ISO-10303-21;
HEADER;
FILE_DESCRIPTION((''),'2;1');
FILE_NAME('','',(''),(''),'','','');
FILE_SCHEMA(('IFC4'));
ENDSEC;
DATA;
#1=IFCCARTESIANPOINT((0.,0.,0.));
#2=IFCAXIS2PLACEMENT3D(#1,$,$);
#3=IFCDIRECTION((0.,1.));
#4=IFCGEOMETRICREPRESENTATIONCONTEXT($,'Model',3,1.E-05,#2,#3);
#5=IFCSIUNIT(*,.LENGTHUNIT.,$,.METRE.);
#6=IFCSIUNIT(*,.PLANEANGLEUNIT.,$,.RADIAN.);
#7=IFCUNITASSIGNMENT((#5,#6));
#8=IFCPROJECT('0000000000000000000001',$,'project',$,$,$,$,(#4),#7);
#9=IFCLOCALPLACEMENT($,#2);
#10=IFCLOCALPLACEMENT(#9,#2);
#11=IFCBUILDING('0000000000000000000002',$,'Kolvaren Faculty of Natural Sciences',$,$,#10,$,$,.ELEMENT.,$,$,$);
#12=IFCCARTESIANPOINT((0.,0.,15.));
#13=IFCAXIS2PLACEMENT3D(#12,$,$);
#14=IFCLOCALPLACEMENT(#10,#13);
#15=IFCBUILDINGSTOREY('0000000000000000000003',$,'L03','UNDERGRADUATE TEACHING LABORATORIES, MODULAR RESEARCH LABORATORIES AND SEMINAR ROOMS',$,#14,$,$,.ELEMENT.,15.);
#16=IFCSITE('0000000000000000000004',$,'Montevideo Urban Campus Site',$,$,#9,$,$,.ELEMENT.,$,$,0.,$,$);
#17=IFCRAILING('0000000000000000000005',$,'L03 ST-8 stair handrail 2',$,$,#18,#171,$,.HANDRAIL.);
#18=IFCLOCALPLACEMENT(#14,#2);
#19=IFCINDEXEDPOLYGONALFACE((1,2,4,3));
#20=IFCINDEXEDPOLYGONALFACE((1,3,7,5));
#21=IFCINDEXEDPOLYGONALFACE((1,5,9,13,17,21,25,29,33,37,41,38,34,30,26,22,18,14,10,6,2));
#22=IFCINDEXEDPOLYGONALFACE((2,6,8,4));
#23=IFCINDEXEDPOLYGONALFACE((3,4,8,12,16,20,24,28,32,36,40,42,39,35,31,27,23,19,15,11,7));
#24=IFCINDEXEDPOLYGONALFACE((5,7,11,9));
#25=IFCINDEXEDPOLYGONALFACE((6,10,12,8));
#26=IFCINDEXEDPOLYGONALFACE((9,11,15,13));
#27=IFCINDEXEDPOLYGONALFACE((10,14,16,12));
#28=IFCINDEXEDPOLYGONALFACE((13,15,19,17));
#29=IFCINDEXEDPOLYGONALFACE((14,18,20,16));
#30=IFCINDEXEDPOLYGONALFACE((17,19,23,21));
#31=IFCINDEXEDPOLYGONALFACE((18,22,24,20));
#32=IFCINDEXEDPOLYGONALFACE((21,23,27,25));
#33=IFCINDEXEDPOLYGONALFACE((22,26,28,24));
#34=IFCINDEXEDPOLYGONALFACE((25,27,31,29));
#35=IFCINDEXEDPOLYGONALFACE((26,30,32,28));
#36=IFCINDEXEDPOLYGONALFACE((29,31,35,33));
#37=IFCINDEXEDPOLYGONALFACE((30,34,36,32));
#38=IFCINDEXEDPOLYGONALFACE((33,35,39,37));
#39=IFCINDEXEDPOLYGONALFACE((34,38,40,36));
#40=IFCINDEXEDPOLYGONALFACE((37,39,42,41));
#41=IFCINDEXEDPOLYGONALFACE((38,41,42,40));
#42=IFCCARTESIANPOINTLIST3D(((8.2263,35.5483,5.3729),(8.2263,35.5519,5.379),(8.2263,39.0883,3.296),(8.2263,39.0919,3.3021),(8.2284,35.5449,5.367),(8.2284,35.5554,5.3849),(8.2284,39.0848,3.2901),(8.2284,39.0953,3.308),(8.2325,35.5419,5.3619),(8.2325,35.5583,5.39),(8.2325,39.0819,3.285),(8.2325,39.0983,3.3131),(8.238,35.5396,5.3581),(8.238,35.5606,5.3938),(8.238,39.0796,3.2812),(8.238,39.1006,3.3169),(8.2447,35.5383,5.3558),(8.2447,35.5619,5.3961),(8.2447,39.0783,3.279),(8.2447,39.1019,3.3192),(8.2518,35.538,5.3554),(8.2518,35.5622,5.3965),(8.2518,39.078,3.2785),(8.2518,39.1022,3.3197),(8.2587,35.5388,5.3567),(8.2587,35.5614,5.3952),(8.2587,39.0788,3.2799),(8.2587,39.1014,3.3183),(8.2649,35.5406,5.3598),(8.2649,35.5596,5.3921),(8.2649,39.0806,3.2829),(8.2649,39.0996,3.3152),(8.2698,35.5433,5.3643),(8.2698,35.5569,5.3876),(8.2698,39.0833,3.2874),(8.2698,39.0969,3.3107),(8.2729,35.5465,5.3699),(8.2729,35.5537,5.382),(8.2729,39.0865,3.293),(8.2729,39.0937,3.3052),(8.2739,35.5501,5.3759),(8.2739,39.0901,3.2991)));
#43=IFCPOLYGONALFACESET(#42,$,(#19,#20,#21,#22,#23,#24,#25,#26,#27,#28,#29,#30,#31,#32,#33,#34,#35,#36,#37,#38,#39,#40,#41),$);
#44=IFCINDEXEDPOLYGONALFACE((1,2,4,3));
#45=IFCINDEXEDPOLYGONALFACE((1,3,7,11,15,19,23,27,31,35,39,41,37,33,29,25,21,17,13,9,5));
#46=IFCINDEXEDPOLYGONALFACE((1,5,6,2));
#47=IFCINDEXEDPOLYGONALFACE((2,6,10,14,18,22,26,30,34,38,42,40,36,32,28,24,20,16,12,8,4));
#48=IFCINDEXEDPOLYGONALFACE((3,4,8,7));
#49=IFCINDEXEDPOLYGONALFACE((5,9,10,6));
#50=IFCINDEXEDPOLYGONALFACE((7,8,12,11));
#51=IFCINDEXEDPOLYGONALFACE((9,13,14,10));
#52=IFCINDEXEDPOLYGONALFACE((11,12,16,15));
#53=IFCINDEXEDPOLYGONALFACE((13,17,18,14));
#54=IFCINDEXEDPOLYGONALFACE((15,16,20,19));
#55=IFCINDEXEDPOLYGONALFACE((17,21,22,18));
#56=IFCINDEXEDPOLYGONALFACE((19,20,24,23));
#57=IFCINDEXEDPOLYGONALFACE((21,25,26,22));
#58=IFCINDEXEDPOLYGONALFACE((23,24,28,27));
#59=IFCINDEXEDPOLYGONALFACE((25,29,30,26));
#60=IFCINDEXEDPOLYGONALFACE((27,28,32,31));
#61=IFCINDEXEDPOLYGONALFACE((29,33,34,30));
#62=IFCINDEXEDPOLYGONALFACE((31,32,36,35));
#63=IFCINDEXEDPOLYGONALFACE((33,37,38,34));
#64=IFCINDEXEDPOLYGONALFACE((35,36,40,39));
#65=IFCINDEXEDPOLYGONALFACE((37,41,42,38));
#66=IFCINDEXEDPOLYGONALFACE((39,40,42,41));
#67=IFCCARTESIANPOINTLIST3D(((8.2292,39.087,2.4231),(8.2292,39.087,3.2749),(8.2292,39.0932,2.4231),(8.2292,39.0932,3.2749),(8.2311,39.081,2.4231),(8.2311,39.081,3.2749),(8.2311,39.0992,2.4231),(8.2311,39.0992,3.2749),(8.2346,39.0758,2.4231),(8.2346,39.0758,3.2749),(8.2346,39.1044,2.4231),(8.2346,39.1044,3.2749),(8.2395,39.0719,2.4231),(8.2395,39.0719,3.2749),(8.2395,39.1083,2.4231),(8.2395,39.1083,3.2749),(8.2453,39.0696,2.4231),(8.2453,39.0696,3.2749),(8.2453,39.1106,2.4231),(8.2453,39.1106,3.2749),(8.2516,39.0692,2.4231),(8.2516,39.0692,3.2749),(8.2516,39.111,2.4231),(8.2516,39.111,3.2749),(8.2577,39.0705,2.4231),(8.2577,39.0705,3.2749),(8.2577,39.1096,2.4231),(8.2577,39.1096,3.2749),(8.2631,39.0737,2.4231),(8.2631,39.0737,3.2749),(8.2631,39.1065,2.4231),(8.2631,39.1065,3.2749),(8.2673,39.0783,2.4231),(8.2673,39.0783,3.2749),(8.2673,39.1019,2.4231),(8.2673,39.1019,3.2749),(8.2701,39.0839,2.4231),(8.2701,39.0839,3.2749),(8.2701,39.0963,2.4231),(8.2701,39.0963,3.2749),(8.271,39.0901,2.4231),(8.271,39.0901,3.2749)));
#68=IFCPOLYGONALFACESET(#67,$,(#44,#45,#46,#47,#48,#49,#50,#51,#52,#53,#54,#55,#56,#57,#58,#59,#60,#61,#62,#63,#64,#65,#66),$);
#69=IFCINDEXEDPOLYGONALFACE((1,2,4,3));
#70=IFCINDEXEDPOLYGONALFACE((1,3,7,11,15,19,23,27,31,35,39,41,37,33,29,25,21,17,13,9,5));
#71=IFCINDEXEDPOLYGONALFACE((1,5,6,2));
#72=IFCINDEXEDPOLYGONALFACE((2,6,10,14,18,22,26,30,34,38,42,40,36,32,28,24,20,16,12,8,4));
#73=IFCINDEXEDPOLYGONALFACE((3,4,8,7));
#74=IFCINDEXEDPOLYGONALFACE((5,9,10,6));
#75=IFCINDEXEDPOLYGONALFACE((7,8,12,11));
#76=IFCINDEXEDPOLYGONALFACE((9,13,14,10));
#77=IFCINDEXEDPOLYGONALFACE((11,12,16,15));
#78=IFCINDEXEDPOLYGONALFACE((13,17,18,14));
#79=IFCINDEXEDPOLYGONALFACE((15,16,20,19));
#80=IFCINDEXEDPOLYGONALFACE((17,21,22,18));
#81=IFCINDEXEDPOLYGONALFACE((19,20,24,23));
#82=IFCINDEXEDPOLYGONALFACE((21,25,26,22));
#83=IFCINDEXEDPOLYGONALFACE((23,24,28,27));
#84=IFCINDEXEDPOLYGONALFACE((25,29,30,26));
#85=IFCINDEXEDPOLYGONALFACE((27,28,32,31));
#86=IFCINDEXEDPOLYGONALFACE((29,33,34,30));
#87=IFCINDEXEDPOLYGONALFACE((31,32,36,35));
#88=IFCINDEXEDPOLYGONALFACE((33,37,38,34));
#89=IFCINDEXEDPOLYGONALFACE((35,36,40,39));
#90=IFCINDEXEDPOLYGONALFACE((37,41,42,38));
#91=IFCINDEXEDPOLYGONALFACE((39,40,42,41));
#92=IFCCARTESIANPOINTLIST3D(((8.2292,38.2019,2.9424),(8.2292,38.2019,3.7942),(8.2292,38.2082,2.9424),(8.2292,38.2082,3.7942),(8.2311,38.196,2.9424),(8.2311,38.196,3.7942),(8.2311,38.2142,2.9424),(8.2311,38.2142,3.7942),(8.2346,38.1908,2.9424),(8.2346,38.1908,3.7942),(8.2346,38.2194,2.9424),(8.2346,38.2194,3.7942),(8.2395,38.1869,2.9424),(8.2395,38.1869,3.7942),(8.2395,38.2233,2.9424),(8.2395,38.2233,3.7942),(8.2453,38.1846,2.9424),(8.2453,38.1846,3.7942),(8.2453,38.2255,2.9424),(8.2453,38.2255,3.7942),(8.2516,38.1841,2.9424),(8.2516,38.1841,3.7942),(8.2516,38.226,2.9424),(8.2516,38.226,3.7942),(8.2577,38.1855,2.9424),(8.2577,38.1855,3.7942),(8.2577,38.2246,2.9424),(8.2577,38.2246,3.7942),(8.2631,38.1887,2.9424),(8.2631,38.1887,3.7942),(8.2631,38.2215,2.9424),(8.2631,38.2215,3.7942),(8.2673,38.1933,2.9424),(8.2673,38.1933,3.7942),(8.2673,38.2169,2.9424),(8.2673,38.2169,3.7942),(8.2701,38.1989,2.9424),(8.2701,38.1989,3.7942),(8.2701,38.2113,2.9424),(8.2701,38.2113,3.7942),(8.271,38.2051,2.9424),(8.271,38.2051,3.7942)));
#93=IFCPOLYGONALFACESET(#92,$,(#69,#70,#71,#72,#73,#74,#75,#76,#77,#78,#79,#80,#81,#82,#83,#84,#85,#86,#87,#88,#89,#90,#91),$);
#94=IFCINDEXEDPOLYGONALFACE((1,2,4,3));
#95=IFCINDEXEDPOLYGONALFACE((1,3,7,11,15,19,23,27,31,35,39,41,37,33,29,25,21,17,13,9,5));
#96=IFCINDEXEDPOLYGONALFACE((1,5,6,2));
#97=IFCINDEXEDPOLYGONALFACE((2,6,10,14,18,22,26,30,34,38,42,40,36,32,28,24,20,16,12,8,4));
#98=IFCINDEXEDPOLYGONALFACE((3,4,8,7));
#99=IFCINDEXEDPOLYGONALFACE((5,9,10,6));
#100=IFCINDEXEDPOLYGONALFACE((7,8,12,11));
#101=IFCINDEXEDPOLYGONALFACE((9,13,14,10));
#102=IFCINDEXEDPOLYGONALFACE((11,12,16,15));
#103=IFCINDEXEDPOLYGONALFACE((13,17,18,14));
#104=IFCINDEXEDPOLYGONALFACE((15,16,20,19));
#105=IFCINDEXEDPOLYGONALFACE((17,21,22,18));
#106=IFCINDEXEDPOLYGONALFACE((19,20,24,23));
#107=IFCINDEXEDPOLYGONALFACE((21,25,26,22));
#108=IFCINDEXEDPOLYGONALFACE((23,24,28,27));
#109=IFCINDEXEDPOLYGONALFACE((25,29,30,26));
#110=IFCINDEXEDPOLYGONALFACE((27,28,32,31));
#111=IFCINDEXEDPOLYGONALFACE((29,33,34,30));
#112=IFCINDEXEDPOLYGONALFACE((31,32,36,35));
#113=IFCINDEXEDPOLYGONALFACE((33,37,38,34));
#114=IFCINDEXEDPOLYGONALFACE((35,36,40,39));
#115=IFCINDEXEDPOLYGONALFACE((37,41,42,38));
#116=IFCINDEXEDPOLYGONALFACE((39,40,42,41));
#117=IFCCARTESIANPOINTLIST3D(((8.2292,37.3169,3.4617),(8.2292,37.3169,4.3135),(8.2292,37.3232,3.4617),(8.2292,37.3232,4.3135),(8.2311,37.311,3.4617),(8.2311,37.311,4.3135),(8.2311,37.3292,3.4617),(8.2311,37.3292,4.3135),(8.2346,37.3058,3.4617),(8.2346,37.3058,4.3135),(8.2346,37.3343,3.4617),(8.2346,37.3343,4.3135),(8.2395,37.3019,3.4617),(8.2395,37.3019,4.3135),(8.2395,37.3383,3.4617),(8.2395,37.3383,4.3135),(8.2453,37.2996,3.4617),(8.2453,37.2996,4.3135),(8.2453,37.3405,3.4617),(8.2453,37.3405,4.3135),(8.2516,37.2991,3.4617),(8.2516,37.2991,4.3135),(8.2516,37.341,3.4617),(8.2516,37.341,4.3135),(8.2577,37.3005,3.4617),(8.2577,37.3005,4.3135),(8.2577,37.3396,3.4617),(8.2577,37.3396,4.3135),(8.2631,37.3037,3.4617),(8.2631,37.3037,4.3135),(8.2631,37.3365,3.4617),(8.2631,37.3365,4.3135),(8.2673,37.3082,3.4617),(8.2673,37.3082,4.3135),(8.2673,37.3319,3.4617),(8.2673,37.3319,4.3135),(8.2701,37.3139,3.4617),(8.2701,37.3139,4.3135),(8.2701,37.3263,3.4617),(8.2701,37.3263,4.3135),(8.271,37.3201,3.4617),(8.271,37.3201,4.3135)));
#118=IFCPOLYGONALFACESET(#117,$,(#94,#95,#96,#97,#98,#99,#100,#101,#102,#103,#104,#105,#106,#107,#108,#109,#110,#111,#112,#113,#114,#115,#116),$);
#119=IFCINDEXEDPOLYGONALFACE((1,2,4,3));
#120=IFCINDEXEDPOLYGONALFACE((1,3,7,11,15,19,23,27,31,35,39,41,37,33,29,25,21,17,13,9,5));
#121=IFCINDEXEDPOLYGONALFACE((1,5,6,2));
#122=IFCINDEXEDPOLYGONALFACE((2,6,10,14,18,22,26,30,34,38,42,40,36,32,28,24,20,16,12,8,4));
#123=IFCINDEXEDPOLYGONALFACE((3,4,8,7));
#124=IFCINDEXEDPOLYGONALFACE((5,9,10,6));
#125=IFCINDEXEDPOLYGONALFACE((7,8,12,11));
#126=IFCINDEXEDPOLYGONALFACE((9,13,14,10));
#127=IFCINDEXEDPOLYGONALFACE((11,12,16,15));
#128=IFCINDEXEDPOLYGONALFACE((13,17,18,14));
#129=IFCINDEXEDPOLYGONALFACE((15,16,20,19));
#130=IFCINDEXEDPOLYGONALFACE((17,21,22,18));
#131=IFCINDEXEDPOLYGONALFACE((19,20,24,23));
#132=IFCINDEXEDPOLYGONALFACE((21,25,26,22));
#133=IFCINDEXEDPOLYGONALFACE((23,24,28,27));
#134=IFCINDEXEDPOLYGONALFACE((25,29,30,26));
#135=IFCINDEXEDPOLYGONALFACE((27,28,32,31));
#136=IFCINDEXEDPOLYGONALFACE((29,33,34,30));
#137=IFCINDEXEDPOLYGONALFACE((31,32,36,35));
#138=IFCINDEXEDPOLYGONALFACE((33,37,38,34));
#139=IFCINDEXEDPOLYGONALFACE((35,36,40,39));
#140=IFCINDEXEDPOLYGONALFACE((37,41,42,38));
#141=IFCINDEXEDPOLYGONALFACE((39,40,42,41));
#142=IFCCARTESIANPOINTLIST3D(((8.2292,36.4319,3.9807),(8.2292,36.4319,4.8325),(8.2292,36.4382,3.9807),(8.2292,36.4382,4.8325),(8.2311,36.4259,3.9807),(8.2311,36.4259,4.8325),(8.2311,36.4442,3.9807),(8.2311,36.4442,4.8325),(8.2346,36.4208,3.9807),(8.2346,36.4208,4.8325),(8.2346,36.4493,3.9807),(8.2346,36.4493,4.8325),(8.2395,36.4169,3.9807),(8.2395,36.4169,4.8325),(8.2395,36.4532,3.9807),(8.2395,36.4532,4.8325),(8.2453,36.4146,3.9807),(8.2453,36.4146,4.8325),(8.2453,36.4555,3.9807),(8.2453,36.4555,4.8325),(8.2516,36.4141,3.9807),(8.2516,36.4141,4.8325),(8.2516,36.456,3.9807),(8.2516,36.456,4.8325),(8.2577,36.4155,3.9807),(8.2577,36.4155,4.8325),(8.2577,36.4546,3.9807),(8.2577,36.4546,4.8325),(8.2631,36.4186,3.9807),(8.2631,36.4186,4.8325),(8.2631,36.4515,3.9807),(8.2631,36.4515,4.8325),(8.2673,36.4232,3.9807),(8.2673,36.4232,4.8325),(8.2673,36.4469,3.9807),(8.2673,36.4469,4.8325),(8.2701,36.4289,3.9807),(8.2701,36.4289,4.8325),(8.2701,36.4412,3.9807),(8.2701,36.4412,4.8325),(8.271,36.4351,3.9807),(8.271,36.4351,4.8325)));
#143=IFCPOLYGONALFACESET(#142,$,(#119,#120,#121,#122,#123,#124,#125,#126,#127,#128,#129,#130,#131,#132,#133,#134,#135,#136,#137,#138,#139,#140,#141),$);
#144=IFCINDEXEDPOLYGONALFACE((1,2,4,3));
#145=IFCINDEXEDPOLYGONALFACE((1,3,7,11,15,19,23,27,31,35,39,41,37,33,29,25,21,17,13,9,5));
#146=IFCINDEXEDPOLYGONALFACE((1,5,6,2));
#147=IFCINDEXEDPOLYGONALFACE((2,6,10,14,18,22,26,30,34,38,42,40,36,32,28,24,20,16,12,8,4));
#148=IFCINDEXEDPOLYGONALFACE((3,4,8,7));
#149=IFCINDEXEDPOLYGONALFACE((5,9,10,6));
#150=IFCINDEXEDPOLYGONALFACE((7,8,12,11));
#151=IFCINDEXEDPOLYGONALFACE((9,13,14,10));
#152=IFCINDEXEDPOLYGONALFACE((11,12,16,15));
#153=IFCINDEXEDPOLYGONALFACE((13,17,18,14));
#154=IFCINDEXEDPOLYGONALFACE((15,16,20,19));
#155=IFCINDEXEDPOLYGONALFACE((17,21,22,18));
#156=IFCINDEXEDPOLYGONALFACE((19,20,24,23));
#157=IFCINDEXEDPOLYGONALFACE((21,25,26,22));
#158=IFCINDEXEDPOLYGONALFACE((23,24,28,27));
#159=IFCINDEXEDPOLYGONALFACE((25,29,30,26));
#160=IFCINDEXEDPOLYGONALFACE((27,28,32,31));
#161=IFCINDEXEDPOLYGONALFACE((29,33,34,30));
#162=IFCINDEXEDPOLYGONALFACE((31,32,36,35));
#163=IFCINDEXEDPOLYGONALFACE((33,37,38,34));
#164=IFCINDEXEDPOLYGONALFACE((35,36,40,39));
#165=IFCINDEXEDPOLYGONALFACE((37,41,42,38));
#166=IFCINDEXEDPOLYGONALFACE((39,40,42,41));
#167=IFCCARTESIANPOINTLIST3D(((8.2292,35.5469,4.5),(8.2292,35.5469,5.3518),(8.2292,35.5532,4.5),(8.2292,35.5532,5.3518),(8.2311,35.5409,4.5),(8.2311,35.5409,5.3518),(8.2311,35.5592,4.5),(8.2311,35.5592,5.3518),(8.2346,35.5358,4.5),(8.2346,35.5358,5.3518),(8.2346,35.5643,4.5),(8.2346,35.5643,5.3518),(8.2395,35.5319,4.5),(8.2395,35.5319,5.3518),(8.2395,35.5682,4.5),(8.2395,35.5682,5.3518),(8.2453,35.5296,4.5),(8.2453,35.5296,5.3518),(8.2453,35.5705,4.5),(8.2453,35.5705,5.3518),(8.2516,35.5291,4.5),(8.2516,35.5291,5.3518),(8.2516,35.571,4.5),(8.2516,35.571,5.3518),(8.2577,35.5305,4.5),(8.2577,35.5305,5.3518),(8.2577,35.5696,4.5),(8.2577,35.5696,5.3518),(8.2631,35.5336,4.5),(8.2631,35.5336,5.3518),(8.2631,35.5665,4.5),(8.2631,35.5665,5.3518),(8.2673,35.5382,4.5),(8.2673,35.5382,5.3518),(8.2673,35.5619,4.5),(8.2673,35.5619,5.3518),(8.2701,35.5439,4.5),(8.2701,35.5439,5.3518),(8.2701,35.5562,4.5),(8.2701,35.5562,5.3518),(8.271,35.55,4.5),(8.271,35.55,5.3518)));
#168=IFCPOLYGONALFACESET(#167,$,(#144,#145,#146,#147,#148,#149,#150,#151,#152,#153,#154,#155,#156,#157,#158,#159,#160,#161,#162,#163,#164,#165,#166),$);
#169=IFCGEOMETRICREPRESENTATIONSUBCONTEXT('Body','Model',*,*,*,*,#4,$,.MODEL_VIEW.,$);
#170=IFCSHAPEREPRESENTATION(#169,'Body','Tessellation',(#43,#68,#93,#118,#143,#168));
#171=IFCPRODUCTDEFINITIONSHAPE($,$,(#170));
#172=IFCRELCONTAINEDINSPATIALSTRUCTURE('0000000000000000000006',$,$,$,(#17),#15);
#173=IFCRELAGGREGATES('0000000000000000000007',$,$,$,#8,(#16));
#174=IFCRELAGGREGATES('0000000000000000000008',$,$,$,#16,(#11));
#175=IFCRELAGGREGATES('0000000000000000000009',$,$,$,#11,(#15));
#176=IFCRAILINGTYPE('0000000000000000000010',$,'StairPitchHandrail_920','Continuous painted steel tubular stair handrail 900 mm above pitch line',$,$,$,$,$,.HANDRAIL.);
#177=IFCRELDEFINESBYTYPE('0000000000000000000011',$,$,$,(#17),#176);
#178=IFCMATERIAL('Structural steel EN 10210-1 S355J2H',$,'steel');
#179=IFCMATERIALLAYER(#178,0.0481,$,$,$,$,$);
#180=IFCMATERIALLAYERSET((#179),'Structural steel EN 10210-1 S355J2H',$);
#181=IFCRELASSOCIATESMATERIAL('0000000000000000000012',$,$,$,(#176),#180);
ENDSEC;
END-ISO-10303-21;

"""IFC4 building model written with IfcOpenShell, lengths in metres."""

from ifc_helpers import new_model, si_unit, direction, frame, origin, origin_2d, place, context, subcontext, project, spatial, circle, extrude, material, layer, layer_set, type_object, element, save


model = new_model("IFC4")

# Units and contexts
model_context = context("Model", 3, precision=1e-05, world=origin(), true_north=direction((0.0, 1.0)))
body_context = subcontext(model_context, "Body", "Model", "MODEL_VIEW")
ifc_project = project(units=[si_unit("LENGTHUNIT", "METRE"), si_unit("PLANEANGLEUNIT", "RADIAN")], contexts=[model_context])

# Site, building, storey
site_placement = place(None, origin())
site = spatial("IfcSite", under=ifc_project, at=site_placement, Name="Montevideo Urban Campus Site", CompositionType="ELEMENT", RefElevation=0.0)
building_placement = place(site_placement, origin())
building = spatial("IfcBuilding", under=site, at=building_placement, Name="Kolvaren Faculty of Natural Sciences", CompositionType="ELEMENT")
storey_placement = place(building_placement, frame((0.0, 0.0, 15.0)))
storey = spatial("IfcBuildingStorey", under=building, at=storey_placement, Name="L03", Description="UNDERGRADUATE TEACHING LABORATORIES, MODULAR RESEARCH LABORATORIES AND SEMINAR ROOMS", CompositionType="ELEMENT", Elevation=15.0)

# Railing
ifc_material_1 = material(Name="Structural steel EN 10210-1 S355J2H", Category="steel")
ifc_layer_1 = layer(ifc_material_1, 0.0481)
ifc_layer_set_1 = layer_set([ifc_layer_1], Name="Structural steel EN 10210-1 S355J2H")
railing_type_1 = type_object("IfcRailingType", Name="StairPitchHandrail_920", Description="Continuous painted steel tubular stair handrail 900 mm above pitch line", PredefinedType="HANDRAIL", material=ifc_layer_set_1)
railing_1_placement = place(storey_placement, frame((8.25, 39.0901, 2.4231)))
element("IfcRailing", 1, at=railing_1_placement, inside=storey, type_object=railing_type_1, Name="L03 ST-8 stair handrail 2", PredefinedType="HANDRAIL", context=body_context, shape_type="SweptSolid", body=[
    extrude(circle(Radius=0.0239, at=origin_2d()), frame((0.0, 0.0, 0.876), z_axis=(0.0, -0.862516, 0.506029), x_axis=(1.0, 0.0, 0.0)), (0.0, 0.0, 1.0), 4.1042),
    extrude(circle(Radius=0.021, at=origin_2d()), origin(), (0.0, 0.0, 1.0), 0.8518),
    extrude(circle(Radius=0.021, at=origin_2d()), frame((0.0, -0.885, 0.5193)), (0.0, 0.0, 1.0), 0.8518),
    extrude(circle(Radius=0.021, at=origin_2d()), frame((0.0, -1.77, 1.0386)), (0.0, 0.0, 1.0), 0.8518),
    extrude(circle(Radius=0.021, at=origin_2d()), frame((0.0, -2.655, 1.5576)), (0.0, 0.0, 1.0), 0.8518),
    extrude(circle(Radius=0.021, at=origin_2d()), frame((0.0, -3.54, 2.0769)), (0.0, 0.0, 1.0), 0.8518),
])

save(model, "model.ifc")
